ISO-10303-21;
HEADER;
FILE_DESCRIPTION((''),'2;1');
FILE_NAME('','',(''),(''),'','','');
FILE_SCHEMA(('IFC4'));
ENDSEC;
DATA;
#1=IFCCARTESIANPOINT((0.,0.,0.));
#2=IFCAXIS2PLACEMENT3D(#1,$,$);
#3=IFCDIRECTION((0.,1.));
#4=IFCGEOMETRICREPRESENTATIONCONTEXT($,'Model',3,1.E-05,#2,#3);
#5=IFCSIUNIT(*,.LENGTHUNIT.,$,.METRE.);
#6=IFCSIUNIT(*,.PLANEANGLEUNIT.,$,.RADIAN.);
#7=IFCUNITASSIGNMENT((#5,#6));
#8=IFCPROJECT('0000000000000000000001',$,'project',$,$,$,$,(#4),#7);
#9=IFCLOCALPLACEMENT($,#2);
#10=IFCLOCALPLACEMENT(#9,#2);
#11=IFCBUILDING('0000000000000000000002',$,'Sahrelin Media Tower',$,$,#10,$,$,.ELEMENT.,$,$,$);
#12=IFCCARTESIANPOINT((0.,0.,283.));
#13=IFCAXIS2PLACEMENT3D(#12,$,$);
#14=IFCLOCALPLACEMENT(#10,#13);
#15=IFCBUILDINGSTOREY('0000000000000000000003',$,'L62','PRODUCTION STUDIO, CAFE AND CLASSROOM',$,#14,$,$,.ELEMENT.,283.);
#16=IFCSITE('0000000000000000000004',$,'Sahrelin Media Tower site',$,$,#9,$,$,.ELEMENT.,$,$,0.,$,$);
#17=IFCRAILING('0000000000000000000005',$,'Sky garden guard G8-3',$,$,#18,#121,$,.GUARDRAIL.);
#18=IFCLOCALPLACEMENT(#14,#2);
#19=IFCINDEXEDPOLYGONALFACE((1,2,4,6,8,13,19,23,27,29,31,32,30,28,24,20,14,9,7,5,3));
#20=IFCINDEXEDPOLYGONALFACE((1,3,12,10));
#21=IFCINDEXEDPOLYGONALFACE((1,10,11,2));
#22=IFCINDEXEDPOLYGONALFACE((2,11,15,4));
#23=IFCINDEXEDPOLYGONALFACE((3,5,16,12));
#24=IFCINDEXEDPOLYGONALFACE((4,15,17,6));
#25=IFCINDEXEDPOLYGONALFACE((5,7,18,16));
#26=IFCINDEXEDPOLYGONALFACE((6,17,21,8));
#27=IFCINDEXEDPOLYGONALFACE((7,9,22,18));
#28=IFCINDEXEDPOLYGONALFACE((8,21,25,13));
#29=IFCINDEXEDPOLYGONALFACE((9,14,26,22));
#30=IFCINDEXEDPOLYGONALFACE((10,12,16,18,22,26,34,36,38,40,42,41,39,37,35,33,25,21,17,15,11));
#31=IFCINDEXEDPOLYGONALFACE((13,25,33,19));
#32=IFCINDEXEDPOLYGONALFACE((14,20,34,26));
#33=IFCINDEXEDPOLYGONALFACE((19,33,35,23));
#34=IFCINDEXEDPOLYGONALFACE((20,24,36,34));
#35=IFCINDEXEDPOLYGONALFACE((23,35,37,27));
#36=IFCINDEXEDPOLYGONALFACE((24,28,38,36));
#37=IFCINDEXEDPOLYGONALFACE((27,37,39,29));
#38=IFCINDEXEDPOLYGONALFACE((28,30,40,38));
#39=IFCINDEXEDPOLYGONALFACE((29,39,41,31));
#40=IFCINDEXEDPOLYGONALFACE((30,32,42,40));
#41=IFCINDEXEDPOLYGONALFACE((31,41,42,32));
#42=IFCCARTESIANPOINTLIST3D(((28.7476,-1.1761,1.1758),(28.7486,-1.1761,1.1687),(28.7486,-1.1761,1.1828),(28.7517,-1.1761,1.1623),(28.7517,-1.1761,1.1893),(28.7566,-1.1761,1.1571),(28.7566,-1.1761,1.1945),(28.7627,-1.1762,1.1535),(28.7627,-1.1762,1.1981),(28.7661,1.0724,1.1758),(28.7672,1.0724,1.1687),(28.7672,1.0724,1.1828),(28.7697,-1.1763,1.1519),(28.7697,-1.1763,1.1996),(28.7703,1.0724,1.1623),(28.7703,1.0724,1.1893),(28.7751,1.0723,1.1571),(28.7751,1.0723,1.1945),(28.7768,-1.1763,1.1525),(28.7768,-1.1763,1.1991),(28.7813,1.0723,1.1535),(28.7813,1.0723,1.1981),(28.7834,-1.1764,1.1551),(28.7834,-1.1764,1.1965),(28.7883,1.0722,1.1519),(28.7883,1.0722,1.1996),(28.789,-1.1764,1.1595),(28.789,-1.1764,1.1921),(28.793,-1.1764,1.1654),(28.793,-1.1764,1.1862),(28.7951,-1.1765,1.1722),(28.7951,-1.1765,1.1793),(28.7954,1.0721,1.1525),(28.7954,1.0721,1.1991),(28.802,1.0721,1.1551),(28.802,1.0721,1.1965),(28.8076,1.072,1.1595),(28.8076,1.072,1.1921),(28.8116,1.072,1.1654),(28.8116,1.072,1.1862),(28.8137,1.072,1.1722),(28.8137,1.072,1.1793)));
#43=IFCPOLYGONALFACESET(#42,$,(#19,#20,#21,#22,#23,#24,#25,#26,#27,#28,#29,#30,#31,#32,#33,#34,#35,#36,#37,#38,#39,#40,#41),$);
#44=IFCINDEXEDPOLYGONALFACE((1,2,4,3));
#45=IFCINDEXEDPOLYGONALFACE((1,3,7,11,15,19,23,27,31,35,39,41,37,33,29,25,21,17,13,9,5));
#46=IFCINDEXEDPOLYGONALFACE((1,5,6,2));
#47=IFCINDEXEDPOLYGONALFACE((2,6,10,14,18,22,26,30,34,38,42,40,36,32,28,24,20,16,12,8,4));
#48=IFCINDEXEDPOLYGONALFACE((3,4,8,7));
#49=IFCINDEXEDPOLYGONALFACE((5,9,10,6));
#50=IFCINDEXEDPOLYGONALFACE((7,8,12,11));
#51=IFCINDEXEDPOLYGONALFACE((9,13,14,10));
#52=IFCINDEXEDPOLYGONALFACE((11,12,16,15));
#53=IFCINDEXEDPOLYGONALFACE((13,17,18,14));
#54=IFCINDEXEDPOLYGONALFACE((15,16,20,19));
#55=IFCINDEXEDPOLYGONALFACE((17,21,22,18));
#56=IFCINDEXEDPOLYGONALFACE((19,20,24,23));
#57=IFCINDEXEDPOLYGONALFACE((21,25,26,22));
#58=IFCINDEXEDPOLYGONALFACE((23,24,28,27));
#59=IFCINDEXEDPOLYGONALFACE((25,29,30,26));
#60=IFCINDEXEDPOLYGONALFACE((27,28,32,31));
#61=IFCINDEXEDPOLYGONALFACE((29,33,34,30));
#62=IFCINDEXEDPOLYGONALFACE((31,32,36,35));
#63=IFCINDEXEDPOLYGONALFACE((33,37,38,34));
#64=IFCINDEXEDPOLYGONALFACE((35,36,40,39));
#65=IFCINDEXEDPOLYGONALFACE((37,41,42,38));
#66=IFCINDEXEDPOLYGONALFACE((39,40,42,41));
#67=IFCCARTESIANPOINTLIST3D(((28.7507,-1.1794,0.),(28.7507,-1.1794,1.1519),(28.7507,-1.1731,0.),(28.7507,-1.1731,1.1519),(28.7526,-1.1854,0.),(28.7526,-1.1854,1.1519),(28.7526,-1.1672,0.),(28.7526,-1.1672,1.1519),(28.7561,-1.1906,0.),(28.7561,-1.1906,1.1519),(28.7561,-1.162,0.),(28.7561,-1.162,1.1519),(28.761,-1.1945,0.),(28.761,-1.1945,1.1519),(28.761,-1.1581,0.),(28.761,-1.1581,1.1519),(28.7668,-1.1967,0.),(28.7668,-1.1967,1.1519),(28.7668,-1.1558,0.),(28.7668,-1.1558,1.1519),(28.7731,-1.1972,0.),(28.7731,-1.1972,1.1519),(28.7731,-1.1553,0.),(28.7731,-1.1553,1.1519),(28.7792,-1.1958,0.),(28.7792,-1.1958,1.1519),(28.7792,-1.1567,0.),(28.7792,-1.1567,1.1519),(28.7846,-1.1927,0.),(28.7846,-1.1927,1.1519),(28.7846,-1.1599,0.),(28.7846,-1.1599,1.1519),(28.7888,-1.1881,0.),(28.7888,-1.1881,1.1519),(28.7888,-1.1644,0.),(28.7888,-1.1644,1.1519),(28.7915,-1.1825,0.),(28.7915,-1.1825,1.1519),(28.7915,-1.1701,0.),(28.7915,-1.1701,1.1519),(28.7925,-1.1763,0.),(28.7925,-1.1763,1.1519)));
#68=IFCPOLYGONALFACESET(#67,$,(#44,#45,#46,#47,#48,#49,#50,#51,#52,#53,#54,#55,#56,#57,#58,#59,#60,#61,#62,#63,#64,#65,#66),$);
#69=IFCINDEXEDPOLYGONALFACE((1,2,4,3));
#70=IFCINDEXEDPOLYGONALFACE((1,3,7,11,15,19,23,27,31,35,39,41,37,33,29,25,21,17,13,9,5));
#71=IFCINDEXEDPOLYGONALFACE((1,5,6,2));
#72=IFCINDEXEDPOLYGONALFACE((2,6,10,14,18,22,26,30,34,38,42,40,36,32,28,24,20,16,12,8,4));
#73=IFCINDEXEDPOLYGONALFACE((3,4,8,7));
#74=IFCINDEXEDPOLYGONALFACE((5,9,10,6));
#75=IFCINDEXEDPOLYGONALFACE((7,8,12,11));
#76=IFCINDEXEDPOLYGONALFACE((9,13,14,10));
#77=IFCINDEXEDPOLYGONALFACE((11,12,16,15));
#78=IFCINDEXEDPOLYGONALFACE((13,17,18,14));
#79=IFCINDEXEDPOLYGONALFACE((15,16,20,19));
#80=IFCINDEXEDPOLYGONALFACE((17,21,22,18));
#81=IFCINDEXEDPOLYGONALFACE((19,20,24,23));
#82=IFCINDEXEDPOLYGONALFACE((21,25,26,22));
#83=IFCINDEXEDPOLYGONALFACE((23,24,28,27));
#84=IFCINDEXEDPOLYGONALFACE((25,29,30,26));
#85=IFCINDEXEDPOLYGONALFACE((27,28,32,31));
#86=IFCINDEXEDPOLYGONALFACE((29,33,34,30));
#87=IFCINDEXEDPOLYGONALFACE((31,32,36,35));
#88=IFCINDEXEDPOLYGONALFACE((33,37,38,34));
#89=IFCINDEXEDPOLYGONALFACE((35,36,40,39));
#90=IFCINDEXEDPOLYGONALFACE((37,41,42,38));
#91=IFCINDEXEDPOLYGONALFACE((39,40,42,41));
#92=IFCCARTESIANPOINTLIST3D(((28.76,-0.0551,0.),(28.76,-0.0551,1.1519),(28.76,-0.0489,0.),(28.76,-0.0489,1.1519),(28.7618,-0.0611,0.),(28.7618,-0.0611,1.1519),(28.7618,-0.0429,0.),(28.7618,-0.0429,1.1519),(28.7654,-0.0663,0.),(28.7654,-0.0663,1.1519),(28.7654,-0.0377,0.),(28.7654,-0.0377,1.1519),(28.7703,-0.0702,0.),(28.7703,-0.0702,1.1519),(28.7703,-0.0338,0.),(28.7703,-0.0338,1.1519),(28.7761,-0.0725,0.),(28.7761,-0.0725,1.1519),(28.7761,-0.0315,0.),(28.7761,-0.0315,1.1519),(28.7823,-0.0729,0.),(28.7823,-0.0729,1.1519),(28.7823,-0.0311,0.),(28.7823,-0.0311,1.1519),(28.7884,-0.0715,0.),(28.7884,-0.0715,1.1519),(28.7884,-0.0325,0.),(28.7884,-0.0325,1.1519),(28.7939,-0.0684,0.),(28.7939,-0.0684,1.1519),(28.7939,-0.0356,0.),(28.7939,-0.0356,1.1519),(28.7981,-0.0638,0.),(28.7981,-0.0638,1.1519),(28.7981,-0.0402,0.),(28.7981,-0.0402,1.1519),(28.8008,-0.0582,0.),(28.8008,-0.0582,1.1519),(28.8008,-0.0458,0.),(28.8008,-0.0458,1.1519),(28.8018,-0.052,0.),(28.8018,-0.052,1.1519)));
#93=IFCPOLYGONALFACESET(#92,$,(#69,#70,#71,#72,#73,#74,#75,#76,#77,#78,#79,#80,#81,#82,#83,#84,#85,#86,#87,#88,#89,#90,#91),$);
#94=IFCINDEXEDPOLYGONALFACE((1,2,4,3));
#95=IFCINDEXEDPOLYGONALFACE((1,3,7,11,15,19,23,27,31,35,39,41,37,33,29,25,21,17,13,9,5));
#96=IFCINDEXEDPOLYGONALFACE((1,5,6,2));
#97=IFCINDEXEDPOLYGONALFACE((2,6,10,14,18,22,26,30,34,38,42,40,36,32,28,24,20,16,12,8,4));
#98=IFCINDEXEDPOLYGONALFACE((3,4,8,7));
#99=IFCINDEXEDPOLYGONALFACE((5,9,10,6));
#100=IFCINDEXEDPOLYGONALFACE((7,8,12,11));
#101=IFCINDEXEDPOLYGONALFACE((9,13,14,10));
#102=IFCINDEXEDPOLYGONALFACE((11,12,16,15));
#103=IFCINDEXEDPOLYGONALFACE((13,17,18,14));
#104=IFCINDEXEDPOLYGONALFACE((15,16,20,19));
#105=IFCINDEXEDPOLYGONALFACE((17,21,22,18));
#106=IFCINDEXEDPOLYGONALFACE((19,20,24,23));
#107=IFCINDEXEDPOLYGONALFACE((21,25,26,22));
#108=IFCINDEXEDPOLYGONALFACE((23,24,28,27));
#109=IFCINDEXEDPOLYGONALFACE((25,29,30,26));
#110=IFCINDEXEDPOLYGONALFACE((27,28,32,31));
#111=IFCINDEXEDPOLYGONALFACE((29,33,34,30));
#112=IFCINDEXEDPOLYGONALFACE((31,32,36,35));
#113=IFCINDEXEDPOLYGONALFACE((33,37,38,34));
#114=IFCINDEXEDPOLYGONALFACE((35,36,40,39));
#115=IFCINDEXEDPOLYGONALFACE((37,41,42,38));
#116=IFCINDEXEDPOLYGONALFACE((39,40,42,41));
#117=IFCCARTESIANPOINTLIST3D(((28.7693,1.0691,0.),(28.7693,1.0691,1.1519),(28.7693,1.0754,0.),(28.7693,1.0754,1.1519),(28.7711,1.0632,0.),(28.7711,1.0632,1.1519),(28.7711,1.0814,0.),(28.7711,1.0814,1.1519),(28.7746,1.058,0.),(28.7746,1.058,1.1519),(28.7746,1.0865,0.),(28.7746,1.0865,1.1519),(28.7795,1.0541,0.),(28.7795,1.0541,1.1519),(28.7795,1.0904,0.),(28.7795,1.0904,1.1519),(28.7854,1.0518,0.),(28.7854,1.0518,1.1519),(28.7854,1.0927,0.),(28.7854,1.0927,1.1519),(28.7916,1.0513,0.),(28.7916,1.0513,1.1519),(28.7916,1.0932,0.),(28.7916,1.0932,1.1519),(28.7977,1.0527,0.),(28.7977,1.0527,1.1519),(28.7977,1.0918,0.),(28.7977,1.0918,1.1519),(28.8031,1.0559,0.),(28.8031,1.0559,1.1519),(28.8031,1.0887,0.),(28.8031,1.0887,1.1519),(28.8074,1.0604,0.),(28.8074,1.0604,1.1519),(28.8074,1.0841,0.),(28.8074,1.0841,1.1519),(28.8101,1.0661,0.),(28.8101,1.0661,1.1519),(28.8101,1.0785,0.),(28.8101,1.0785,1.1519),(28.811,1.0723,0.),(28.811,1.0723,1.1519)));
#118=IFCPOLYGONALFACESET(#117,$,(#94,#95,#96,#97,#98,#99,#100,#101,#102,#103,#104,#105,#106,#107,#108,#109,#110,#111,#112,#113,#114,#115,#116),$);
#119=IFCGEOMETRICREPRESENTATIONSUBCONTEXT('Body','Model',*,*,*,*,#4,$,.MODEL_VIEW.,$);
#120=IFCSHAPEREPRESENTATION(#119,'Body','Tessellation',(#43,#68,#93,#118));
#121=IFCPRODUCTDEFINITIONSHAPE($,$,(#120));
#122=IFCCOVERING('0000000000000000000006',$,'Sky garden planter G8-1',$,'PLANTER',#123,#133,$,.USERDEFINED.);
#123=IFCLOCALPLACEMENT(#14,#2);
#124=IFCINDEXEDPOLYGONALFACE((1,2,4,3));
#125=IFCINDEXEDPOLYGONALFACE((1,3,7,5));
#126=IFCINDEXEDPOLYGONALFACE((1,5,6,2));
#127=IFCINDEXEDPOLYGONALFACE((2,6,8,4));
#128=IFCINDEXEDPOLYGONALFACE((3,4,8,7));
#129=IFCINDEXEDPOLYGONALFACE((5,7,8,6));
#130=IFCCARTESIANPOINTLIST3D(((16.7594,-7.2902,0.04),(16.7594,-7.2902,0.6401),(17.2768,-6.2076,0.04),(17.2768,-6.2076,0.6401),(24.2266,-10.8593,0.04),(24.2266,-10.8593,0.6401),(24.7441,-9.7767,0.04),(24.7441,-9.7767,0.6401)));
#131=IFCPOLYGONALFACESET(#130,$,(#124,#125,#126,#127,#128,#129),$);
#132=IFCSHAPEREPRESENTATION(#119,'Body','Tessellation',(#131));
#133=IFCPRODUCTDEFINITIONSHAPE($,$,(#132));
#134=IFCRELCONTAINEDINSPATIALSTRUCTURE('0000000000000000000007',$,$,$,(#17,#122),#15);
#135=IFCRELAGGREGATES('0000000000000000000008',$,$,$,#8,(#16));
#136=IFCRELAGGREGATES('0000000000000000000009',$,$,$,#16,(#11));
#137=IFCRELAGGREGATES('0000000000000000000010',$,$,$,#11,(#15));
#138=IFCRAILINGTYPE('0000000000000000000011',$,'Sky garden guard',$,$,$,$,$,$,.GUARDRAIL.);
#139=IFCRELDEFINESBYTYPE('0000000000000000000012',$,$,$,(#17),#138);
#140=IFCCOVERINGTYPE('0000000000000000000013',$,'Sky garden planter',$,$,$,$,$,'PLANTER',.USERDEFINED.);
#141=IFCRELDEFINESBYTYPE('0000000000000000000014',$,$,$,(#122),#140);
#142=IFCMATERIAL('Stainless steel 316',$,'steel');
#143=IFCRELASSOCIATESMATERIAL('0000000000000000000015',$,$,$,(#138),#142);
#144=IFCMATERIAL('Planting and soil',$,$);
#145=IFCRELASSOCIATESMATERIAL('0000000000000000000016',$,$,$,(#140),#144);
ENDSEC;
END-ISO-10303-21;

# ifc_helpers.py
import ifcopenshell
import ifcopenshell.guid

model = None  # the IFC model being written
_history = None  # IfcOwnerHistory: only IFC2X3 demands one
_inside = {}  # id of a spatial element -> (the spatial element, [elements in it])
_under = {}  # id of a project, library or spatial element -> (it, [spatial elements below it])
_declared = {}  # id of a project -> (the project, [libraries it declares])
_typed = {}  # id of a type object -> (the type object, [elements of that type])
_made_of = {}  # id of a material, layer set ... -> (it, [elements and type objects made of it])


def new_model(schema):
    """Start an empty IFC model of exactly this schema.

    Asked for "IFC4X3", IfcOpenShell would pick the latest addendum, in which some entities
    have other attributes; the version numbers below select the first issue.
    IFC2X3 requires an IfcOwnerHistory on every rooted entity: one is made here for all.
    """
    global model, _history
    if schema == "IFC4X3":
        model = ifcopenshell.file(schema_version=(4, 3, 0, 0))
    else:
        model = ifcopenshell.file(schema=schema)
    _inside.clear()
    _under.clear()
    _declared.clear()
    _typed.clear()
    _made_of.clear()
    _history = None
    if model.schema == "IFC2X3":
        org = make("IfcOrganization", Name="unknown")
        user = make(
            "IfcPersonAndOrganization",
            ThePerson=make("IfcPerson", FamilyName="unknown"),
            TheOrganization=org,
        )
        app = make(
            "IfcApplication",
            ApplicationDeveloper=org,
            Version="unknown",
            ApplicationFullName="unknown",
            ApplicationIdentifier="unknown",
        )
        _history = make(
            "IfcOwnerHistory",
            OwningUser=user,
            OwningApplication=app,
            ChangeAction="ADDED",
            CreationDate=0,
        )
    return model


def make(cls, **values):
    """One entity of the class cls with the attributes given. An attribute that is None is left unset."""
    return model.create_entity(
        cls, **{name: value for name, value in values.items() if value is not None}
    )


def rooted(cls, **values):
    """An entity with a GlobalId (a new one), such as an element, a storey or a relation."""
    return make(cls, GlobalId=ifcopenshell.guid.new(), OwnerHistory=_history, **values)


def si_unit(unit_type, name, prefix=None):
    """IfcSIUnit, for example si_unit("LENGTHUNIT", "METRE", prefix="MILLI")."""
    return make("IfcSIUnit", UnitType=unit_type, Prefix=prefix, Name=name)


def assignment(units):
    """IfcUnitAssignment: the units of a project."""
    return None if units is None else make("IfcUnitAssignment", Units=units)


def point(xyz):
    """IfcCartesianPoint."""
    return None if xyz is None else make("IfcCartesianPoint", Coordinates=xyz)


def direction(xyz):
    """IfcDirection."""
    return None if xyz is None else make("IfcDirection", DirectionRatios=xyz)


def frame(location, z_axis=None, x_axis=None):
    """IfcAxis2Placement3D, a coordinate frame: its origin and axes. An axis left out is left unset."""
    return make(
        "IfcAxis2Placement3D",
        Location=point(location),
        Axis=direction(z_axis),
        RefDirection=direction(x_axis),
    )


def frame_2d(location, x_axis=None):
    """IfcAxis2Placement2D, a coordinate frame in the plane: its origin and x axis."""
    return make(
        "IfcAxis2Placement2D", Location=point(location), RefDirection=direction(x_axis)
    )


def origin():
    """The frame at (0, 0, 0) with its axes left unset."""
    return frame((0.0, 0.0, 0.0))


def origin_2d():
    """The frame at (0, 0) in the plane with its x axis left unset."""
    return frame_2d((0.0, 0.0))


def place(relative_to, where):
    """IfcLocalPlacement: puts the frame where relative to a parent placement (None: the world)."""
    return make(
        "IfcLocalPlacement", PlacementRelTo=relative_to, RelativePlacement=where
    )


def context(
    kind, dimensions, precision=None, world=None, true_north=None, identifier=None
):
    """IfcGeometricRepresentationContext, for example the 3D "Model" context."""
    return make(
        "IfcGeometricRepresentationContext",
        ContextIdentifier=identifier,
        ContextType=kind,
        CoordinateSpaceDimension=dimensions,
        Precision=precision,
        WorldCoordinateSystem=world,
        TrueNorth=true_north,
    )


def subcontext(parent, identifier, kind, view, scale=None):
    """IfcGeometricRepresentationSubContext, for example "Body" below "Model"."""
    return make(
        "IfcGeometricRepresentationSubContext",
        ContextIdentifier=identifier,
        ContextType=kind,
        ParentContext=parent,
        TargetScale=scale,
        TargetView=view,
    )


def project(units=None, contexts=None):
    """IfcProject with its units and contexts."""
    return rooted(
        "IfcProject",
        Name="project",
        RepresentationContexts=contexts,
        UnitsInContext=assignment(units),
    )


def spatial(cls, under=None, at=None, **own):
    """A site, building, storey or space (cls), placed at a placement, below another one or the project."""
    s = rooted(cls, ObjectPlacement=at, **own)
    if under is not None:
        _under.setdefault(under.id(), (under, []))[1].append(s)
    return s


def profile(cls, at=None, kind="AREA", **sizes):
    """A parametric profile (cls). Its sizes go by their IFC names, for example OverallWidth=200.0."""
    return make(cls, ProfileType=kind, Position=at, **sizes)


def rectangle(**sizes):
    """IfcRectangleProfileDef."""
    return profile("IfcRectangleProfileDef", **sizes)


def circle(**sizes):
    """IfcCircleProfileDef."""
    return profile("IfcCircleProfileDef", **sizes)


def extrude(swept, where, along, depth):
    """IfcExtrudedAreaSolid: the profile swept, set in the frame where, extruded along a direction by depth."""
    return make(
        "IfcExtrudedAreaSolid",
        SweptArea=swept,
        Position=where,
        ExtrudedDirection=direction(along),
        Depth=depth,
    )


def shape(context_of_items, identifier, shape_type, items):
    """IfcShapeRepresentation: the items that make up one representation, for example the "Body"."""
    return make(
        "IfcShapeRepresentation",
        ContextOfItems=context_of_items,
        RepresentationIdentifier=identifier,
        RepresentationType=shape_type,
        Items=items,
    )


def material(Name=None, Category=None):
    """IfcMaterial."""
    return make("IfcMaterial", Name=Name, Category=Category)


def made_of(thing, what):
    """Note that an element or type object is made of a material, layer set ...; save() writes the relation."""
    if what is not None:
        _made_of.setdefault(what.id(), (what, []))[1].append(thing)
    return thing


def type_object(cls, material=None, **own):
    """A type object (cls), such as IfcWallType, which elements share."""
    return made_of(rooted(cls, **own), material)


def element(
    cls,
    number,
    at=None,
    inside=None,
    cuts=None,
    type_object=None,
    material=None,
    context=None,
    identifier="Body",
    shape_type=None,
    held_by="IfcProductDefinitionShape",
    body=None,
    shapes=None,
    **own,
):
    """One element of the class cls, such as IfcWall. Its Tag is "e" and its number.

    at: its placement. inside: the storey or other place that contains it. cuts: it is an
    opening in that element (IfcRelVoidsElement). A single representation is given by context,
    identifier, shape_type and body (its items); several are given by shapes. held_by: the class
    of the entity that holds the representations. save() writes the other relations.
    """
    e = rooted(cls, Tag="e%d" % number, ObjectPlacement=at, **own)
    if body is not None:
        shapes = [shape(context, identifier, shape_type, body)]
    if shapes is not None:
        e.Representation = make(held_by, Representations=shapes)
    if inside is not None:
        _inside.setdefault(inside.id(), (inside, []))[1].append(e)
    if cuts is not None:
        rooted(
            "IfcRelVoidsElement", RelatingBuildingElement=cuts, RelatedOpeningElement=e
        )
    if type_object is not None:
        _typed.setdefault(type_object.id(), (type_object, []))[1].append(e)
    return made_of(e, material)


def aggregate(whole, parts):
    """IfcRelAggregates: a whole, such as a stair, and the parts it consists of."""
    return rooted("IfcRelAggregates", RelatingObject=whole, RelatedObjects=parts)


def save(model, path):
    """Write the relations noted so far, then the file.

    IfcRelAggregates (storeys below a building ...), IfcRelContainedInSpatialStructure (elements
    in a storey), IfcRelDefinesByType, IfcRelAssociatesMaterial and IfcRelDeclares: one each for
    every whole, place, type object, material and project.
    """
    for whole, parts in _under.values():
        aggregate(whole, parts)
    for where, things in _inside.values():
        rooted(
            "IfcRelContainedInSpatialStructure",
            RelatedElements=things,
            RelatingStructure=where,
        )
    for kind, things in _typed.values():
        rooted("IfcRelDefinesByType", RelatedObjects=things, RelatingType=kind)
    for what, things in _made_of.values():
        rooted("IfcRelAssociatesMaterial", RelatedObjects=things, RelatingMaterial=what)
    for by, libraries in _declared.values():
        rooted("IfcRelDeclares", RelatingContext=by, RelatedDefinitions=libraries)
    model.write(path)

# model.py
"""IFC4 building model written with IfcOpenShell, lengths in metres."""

from ifc_helpers import new_model, si_unit, direction, frame, origin, origin_2d, place, context, subcontext, project, spatial, rectangle, circle, extrude, material, type_object, element, save


model = new_model("IFC4")

# Units and contexts
model_context = context("Model", 3, precision=1e-05, world=origin(), true_north=direction((0.0, 1.0)))
body_context = subcontext(model_context, "Body", "Model", "MODEL_VIEW")
ifc_project = project(units=[si_unit("LENGTHUNIT", "METRE"), si_unit("PLANEANGLEUNIT", "RADIAN")], contexts=[model_context])

# Site, building, storey
site_placement = place(None, origin())
site = spatial("IfcSite", under=ifc_project, at=site_placement, Name="Sahrelin Media Tower site", CompositionType="ELEMENT", RefElevation=0.0)
building_placement = place(site_placement, origin())
building = spatial("IfcBuilding", under=site, at=building_placement, Name="Sahrelin Media Tower", CompositionType="ELEMENT")
storey_placement = place(building_placement, frame((0.0, 0.0, 283.0)))
storey = spatial("IfcBuildingStorey", under=building, at=storey_placement, Name="L62", Description="PRODUCTION STUDIO, CAFE AND CLASSROOM", CompositionType="ELEMENT", Elevation=283.0)

# Railing
ifc_material_1 = material(Name="Stainless steel 316", Category="steel")
railing_type = type_object("IfcRailingType", Name="Sky garden guard", PredefinedType="GUARDRAIL", material=ifc_material_1)
railing_1_placement = place(storey_placement, frame((28.7715, -1.1763, 0.0)))
element("IfcRailing", 1, at=railing_1_placement, inside=storey, type_object=railing_type, Name="Sky garden guard G8-3", PredefinedType="GUARDRAIL", context=body_context, shape_type="SweptSolid", body=[
    extrude(circle(Radius=0.0239, at=origin_2d()), frame((0.0, 0.0, 1.1758), z_axis=(0.008252, 0.999966, 0.0), x_axis=(-0.999966, 0.008252, 0.0)), (0.0, 0.0, 1.0), 2.2485),
    extrude(circle(Radius=0.021, at=origin_2d()), origin(), (0.0, 0.0, 1.0), 1.1519),
    extrude(circle(Radius=0.021, at=origin_2d()), frame((0.0093, 1.1243, 0.0)), (0.0, 0.0, 1.0), 1.1519),
    extrude(circle(Radius=0.021, at=origin_2d()), frame((0.0186, 2.2485, 0.0)), (0.0, 0.0, 1.0), 1.1519),
])

# Covering
ifc_material_2 = material(Name="Planting and soil")
covering_type = type_object("IfcCoveringType", Name="Sky garden planter", ElementType="PLANTER", PredefinedType="USERDEFINED", material=ifc_material_2)
covering_placement = place(storey_placement, frame((20.7517, -8.5334, 0.04), z_axis=(0.0, 0.0, 1.0), x_axis=(-0.902236, 0.431242, 0.0)))
element("IfcCovering", 2, at=covering_placement, inside=storey, type_object=covering_type, Name="Sky garden planter G8-1", ObjectType="PLANTER", PredefinedType="USERDEFINED", context=body_context, shape_type="SweptSolid", body=[
    extrude(rectangle(XDim=8.2764, YDim=1.2, at=origin_2d()), origin(), (0.0, 0.0, 1.0), 0.6001),
])

save(model, "model.ifc")
